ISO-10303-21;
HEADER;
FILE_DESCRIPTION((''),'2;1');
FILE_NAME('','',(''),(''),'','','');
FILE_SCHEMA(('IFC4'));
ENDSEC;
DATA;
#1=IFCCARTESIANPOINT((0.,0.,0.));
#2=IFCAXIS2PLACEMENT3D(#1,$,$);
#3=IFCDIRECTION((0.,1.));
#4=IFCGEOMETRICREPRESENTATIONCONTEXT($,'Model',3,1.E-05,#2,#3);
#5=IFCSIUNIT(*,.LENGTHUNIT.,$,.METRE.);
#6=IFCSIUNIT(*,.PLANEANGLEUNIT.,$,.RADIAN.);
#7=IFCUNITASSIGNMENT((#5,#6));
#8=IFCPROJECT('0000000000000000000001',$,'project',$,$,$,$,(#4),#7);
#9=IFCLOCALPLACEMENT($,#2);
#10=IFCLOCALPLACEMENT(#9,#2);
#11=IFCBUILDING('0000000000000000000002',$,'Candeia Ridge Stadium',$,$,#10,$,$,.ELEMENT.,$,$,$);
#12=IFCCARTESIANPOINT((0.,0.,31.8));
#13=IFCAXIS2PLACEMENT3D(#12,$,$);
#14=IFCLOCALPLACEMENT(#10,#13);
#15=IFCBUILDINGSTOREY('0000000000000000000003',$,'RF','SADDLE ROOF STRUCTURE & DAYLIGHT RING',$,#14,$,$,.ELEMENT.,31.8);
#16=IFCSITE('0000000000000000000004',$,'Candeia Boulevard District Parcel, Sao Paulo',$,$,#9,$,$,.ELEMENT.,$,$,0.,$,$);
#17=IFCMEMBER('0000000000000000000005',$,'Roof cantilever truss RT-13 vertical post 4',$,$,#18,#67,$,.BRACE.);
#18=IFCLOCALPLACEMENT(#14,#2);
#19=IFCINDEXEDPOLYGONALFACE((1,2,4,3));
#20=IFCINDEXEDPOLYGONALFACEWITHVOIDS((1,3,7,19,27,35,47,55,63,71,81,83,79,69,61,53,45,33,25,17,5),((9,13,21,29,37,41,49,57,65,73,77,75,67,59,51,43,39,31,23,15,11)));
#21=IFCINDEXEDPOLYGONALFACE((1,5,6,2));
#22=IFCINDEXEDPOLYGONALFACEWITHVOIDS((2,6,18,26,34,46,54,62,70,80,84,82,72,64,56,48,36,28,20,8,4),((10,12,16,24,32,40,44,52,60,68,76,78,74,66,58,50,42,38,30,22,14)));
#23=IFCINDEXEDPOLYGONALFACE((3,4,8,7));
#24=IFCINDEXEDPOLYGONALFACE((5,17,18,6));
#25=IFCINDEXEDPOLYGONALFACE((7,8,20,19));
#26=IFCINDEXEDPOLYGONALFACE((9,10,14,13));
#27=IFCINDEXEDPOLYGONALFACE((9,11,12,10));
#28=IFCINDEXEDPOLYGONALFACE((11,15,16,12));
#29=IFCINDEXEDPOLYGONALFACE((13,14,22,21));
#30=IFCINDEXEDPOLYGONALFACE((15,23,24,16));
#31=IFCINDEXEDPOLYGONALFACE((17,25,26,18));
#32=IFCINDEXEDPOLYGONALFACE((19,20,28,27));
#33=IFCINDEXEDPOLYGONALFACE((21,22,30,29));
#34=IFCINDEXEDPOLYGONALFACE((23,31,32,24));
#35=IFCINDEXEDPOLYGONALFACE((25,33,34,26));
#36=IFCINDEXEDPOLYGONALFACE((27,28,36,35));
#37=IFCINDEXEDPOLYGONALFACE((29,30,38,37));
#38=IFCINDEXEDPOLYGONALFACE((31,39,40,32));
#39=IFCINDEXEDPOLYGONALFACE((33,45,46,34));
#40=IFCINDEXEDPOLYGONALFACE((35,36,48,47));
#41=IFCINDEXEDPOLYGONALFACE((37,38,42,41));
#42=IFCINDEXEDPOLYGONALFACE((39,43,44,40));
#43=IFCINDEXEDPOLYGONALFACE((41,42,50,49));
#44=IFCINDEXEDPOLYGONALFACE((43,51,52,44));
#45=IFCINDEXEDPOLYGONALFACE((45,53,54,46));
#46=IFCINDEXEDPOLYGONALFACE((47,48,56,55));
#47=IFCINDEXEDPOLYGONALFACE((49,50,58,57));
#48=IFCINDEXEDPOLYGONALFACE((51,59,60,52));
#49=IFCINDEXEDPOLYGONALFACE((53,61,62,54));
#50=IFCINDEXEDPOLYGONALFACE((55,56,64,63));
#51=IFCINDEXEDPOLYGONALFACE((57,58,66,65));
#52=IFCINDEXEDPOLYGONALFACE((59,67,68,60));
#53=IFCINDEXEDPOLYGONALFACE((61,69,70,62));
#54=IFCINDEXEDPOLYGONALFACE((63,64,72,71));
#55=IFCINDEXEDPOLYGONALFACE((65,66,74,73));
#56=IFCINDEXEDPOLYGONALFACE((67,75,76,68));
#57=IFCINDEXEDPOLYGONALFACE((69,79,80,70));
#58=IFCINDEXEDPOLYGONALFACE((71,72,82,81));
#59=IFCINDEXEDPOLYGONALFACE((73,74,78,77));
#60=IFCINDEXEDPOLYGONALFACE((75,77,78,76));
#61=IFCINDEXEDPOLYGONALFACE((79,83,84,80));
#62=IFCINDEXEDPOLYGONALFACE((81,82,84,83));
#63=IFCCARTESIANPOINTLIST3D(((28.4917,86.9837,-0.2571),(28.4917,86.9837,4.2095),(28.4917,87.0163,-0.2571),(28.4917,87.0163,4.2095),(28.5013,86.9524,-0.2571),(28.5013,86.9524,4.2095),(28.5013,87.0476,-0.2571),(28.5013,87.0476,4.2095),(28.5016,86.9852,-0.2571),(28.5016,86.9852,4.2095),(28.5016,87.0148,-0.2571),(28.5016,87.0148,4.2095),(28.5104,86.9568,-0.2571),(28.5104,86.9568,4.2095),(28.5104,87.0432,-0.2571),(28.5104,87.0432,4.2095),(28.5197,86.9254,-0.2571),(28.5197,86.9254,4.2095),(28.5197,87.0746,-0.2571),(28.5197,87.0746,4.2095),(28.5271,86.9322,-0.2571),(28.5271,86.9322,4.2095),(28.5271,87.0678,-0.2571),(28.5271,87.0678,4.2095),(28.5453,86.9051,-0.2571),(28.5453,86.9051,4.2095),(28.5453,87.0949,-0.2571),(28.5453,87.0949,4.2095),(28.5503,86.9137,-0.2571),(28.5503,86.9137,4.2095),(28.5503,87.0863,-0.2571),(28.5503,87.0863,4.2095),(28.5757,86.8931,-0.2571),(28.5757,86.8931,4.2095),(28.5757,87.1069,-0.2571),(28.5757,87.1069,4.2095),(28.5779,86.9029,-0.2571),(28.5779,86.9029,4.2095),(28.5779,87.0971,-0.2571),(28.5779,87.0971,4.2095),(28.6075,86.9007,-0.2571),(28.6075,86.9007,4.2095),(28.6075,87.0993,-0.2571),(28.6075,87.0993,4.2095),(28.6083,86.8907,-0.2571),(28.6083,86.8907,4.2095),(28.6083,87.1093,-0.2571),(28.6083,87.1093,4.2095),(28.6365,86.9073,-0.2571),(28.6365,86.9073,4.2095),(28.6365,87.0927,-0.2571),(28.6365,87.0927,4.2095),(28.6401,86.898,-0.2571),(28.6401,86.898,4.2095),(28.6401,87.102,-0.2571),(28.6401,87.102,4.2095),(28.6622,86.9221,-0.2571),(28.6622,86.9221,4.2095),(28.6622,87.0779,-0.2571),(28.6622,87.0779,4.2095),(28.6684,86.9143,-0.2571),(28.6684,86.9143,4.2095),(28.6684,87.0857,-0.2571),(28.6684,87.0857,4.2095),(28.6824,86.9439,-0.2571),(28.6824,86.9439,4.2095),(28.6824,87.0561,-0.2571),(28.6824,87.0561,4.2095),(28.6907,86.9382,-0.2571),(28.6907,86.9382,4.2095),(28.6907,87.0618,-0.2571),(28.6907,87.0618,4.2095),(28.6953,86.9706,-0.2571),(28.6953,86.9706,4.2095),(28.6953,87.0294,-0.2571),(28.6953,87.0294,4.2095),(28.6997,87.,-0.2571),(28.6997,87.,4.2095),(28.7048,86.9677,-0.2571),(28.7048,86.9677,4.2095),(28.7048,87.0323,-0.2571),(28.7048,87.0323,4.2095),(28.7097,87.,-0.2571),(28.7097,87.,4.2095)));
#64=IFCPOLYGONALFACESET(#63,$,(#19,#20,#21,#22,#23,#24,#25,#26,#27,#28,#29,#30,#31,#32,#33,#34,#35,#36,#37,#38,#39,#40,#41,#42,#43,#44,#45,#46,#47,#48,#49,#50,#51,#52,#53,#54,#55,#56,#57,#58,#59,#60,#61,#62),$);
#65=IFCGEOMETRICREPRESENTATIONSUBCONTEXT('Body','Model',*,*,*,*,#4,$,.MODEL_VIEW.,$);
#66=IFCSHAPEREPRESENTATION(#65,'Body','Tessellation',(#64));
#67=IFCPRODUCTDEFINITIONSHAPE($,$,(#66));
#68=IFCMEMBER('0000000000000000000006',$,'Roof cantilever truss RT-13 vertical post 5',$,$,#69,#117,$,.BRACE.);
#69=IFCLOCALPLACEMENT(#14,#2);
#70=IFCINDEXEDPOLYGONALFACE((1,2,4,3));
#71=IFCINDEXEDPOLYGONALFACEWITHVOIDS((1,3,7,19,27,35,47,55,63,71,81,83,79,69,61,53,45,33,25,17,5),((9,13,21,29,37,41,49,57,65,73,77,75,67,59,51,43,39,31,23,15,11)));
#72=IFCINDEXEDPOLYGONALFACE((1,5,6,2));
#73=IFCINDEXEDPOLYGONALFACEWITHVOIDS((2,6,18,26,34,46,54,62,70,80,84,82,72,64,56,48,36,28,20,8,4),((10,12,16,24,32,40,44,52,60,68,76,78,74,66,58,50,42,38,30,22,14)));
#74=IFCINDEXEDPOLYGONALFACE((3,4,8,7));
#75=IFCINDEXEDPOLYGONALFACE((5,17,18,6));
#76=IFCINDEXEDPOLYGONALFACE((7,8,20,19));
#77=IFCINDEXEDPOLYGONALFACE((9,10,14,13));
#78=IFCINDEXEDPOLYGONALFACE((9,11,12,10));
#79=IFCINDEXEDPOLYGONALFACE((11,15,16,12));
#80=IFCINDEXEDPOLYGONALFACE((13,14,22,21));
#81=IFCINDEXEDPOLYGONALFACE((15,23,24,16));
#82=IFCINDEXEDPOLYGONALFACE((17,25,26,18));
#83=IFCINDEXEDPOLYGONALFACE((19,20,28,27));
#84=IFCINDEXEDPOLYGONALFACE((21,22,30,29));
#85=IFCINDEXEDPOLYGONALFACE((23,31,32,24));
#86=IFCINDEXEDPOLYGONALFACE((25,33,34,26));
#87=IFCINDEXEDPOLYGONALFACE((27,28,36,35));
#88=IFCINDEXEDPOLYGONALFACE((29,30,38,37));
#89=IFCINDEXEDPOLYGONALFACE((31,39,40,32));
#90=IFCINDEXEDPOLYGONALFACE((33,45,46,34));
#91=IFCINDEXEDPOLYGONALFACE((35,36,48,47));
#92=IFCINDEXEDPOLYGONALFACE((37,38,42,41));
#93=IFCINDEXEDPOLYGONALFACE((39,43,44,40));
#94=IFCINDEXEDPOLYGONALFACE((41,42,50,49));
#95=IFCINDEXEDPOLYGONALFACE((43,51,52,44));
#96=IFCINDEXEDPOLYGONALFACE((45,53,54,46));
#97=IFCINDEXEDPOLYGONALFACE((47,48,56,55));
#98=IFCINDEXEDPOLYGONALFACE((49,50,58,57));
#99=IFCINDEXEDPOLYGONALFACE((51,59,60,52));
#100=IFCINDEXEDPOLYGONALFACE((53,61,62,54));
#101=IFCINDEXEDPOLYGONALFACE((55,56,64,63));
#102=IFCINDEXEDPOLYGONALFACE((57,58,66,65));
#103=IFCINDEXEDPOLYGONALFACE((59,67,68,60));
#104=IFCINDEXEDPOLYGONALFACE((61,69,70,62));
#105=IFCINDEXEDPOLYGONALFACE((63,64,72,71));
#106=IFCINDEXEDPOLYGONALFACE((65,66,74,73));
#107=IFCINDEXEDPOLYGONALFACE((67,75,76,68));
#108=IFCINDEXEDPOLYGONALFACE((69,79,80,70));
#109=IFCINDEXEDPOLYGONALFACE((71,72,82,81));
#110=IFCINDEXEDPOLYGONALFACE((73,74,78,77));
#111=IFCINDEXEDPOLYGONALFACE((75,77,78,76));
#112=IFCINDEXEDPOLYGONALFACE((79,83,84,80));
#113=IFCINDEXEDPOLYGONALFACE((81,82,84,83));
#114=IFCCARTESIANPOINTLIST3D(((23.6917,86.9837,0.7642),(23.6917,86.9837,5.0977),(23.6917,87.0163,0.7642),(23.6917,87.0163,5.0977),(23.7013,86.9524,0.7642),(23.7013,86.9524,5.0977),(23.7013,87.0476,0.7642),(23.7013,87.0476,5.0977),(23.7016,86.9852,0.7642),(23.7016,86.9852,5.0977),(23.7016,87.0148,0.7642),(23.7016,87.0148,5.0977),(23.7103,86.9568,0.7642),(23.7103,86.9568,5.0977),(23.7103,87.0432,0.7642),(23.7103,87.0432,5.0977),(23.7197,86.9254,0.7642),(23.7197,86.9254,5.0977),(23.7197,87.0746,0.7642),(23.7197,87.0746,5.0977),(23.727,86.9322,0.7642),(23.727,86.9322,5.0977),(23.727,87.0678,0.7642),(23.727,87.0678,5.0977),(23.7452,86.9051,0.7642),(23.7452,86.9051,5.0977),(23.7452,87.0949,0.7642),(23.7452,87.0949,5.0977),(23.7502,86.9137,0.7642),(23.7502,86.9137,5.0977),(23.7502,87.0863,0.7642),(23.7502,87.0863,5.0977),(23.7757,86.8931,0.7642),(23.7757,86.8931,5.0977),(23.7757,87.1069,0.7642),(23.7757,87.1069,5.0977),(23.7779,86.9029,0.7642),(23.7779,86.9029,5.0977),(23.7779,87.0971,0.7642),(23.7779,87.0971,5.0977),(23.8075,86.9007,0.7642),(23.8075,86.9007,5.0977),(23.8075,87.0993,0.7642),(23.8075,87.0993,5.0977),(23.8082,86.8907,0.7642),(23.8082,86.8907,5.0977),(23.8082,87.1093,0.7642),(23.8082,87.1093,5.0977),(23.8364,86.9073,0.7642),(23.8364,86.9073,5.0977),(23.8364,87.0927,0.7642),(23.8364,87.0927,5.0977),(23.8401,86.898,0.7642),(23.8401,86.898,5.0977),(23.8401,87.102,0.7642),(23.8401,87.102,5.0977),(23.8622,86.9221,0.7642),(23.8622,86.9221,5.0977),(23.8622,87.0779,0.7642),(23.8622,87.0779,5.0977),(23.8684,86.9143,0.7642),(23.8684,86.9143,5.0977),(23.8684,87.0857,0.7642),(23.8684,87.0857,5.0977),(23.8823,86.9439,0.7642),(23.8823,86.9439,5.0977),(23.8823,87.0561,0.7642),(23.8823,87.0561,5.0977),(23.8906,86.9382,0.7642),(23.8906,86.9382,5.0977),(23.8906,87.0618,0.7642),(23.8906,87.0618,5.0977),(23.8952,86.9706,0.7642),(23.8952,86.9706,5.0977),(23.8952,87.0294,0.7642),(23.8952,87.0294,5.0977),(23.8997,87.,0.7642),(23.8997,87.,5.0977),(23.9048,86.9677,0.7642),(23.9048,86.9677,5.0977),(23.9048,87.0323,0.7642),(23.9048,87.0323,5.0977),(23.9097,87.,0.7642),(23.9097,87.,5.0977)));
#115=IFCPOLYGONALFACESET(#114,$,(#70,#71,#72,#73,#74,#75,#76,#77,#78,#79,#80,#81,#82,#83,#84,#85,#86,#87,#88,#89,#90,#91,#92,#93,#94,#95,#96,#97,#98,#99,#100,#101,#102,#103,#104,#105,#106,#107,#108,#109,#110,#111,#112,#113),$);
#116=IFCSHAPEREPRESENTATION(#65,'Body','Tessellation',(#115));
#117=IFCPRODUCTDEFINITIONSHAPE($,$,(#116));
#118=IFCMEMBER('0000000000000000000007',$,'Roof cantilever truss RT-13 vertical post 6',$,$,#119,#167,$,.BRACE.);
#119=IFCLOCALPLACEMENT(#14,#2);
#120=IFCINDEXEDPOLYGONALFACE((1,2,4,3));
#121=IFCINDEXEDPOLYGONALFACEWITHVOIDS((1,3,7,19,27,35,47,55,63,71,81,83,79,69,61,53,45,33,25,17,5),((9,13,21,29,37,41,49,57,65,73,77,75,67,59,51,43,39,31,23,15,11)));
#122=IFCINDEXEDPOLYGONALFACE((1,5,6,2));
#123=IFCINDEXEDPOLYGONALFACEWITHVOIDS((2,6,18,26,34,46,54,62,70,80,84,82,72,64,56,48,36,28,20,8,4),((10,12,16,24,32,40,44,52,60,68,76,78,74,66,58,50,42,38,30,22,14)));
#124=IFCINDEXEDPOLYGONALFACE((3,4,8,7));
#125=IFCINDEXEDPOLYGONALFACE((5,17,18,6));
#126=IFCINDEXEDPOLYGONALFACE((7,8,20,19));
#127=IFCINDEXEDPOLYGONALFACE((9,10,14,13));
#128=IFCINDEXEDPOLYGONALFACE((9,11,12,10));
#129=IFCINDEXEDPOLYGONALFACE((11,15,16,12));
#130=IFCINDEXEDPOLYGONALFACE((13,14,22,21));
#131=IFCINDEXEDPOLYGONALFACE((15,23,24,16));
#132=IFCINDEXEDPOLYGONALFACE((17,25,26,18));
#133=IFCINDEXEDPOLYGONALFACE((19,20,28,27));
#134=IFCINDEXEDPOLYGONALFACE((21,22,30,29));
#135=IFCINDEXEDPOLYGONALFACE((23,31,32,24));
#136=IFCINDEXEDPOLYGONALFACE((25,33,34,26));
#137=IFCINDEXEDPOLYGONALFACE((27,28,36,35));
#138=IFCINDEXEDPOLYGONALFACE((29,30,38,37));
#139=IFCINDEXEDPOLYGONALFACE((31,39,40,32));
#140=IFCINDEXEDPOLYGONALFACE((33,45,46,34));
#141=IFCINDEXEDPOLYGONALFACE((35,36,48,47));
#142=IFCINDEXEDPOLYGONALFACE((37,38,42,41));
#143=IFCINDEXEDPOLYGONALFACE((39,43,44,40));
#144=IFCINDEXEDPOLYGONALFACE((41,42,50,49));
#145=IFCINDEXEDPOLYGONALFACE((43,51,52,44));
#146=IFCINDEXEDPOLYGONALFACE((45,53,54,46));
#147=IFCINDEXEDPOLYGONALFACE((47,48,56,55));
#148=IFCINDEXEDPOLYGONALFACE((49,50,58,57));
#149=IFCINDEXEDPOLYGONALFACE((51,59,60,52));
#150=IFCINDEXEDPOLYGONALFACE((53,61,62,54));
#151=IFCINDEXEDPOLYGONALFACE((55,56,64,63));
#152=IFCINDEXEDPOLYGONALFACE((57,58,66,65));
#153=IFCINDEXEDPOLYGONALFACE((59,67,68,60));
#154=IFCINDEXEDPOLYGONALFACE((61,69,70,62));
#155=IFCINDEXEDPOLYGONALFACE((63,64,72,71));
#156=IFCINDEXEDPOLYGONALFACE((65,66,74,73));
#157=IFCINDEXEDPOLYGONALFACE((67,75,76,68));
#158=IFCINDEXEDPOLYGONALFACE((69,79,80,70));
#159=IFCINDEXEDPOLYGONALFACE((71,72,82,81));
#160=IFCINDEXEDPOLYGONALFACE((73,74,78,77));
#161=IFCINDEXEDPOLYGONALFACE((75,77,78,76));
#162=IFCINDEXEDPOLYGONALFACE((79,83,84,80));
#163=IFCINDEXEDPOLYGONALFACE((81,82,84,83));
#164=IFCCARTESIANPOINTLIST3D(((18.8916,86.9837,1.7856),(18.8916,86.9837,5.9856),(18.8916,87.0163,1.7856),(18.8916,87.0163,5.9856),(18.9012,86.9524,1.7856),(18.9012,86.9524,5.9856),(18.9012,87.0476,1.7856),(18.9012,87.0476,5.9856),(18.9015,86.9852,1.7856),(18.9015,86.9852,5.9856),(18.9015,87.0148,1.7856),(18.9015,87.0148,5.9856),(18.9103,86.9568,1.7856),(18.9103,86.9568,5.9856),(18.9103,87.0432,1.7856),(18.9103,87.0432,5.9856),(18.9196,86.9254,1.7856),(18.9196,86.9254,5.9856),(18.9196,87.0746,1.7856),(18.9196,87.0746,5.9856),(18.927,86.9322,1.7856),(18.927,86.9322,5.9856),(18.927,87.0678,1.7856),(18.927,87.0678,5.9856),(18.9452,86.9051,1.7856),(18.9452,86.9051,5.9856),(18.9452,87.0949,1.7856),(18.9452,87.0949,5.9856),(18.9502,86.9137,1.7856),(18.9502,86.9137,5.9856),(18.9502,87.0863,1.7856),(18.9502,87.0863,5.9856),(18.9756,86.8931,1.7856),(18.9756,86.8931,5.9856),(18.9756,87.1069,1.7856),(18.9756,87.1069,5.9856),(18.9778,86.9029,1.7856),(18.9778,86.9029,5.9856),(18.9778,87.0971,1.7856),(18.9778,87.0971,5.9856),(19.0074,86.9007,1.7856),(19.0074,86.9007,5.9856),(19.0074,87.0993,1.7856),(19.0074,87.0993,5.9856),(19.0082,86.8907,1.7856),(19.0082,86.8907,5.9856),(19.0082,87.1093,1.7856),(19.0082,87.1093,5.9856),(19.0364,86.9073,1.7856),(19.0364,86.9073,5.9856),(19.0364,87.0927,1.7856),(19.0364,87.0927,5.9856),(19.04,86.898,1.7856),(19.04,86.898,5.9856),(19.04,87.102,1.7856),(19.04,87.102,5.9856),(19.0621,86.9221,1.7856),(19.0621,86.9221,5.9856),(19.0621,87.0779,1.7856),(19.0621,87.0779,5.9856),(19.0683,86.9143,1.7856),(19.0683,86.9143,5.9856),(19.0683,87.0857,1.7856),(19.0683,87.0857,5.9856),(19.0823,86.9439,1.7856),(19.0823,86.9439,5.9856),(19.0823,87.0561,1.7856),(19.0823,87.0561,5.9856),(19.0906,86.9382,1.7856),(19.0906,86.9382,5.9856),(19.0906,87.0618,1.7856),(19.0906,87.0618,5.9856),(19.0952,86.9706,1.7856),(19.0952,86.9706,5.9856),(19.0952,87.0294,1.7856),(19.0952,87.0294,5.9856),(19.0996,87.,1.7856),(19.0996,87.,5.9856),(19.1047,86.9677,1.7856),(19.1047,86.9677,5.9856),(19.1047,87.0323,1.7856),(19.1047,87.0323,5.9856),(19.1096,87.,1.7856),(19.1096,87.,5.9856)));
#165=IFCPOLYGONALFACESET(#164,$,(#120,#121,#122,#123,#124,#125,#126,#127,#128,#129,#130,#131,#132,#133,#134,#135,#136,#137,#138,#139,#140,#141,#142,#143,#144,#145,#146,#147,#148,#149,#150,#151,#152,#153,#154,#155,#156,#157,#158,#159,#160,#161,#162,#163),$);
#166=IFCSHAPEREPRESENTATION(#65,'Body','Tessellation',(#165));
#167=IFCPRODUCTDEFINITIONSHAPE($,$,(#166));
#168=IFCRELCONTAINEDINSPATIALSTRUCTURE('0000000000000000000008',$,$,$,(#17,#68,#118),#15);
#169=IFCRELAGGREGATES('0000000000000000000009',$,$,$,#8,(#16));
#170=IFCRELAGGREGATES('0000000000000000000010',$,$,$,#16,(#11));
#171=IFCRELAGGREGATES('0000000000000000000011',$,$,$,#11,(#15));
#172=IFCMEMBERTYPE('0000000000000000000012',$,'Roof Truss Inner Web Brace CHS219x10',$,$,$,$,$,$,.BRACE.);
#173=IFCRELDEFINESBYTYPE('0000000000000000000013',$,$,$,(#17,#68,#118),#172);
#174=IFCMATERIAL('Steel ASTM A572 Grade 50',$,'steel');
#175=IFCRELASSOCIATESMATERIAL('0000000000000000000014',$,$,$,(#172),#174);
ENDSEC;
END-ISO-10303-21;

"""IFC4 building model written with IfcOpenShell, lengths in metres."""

from ifc_helpers import new_model, si_unit, direction, frame, origin, origin_2d, place, context, subcontext, project, spatial, hollow_circle, extrude, material, material_profile, profile_set, type_object, element, save


model = new_model("IFC4")

# Units and contexts
model_context = context("Model", 3, precision=1e-05, world=origin(), true_north=direction((0.0, 1.0)))
body_context = subcontext(model_context, "Body", "Model", "MODEL_VIEW")
ifc_project = project(units=[si_unit("LENGTHUNIT", "METRE"), si_unit("PLANEANGLEUNIT", "RADIAN")], contexts=[model_context])

# Site, building, storey
site_placement = place(None, origin())
site = spatial("IfcSite", under=ifc_project, at=site_placement, Name="Candeia Boulevard District Parcel, Sao Paulo", CompositionType="ELEMENT", RefElevation=0.0)
building_placement = place(site_placement, origin())
building = spatial("IfcBuilding", under=site, at=building_placement, Name="Candeia Ridge Stadium", CompositionType="ELEMENT")
storey_placement = place(building_placement, frame((0.0, 0.0, 31.8)))
storey = spatial("IfcBuildingStorey", under=building, at=storey_placement, Name="RF", Description="SADDLE ROOF STRUCTURE & DAYLIGHT RING", CompositionType="ELEMENT", Elevation=31.8)

# Shared definitions
ifc_material_1 = material(Name="Steel ASTM A572 Grade 50", Category="steel")

# Members
ifc_material_profile_1 = material_profile(ifc_material_1, hollow_circle(Radius=0.1096, WallThickness=0.01, at=origin_2d()), Name="CHS219x10", Category="steel")
ifc_profile_set_1 = profile_set([ifc_material_profile_1], Name="Steel ASTM A572 Grade 50")
member_type_1 = type_object("IfcMemberType", Name="Roof Truss Inner Web Brace CHS219x10", PredefinedType="BRACE", material=ifc_profile_set_1)
member_1_placement = place(storey_placement, frame((28.6001, 87.0, -0.2571), z_axis=(0.0, 0.0, 1.0), x_axis=(1.0, 0.0, 0.0)))
element("IfcMember", 1, at=member_1_placement, inside=storey, type_object=member_type_1, Name="Roof cantilever truss RT-13 vertical post 4", PredefinedType="BRACE", context=body_context, shape_type="SweptSolid", body=[
    extrude(hollow_circle(Radius=0.1096, WallThickness=0.01, at=origin_2d()), origin(), (0.0, 0.0, 1.0), 4.4666),
])
member_2_placement = place(storey_placement, frame((23.8, 87.0, 0.7642), z_axis=(0.0, 0.0, 1.0), x_axis=(1.0, 0.0, 0.0)))
element("IfcMember", 2, at=member_2_placement, inside=storey, type_object=member_type_1, Name="Roof cantilever truss RT-13 vertical post 5", PredefinedType="BRACE", context=body_context, shape_type="SweptSolid", body=[
    extrude(hollow_circle(Radius=0.1096, WallThickness=0.01, at=origin_2d()), origin(), (0.0, 0.0, 1.0), 4.3335),
])
member_3_placement = place(storey_placement, frame((19.0, 87.0, 1.7856), z_axis=(0.0, 0.0, 1.0), x_axis=(1.0, 0.0, 0.0)))
element("IfcMember", 3, at=member_3_placement, inside=storey, type_object=member_type_1, Name="Roof cantilever truss RT-13 vertical post 6", PredefinedType="BRACE", context=body_context, shape_type="SweptSolid", body=[
    extrude(hollow_circle(Radius=0.1096, WallThickness=0.01, at=origin_2d()), origin(), (0.0, 0.0, 1.0), 4.2),
])

save(model, "model.ifc")
